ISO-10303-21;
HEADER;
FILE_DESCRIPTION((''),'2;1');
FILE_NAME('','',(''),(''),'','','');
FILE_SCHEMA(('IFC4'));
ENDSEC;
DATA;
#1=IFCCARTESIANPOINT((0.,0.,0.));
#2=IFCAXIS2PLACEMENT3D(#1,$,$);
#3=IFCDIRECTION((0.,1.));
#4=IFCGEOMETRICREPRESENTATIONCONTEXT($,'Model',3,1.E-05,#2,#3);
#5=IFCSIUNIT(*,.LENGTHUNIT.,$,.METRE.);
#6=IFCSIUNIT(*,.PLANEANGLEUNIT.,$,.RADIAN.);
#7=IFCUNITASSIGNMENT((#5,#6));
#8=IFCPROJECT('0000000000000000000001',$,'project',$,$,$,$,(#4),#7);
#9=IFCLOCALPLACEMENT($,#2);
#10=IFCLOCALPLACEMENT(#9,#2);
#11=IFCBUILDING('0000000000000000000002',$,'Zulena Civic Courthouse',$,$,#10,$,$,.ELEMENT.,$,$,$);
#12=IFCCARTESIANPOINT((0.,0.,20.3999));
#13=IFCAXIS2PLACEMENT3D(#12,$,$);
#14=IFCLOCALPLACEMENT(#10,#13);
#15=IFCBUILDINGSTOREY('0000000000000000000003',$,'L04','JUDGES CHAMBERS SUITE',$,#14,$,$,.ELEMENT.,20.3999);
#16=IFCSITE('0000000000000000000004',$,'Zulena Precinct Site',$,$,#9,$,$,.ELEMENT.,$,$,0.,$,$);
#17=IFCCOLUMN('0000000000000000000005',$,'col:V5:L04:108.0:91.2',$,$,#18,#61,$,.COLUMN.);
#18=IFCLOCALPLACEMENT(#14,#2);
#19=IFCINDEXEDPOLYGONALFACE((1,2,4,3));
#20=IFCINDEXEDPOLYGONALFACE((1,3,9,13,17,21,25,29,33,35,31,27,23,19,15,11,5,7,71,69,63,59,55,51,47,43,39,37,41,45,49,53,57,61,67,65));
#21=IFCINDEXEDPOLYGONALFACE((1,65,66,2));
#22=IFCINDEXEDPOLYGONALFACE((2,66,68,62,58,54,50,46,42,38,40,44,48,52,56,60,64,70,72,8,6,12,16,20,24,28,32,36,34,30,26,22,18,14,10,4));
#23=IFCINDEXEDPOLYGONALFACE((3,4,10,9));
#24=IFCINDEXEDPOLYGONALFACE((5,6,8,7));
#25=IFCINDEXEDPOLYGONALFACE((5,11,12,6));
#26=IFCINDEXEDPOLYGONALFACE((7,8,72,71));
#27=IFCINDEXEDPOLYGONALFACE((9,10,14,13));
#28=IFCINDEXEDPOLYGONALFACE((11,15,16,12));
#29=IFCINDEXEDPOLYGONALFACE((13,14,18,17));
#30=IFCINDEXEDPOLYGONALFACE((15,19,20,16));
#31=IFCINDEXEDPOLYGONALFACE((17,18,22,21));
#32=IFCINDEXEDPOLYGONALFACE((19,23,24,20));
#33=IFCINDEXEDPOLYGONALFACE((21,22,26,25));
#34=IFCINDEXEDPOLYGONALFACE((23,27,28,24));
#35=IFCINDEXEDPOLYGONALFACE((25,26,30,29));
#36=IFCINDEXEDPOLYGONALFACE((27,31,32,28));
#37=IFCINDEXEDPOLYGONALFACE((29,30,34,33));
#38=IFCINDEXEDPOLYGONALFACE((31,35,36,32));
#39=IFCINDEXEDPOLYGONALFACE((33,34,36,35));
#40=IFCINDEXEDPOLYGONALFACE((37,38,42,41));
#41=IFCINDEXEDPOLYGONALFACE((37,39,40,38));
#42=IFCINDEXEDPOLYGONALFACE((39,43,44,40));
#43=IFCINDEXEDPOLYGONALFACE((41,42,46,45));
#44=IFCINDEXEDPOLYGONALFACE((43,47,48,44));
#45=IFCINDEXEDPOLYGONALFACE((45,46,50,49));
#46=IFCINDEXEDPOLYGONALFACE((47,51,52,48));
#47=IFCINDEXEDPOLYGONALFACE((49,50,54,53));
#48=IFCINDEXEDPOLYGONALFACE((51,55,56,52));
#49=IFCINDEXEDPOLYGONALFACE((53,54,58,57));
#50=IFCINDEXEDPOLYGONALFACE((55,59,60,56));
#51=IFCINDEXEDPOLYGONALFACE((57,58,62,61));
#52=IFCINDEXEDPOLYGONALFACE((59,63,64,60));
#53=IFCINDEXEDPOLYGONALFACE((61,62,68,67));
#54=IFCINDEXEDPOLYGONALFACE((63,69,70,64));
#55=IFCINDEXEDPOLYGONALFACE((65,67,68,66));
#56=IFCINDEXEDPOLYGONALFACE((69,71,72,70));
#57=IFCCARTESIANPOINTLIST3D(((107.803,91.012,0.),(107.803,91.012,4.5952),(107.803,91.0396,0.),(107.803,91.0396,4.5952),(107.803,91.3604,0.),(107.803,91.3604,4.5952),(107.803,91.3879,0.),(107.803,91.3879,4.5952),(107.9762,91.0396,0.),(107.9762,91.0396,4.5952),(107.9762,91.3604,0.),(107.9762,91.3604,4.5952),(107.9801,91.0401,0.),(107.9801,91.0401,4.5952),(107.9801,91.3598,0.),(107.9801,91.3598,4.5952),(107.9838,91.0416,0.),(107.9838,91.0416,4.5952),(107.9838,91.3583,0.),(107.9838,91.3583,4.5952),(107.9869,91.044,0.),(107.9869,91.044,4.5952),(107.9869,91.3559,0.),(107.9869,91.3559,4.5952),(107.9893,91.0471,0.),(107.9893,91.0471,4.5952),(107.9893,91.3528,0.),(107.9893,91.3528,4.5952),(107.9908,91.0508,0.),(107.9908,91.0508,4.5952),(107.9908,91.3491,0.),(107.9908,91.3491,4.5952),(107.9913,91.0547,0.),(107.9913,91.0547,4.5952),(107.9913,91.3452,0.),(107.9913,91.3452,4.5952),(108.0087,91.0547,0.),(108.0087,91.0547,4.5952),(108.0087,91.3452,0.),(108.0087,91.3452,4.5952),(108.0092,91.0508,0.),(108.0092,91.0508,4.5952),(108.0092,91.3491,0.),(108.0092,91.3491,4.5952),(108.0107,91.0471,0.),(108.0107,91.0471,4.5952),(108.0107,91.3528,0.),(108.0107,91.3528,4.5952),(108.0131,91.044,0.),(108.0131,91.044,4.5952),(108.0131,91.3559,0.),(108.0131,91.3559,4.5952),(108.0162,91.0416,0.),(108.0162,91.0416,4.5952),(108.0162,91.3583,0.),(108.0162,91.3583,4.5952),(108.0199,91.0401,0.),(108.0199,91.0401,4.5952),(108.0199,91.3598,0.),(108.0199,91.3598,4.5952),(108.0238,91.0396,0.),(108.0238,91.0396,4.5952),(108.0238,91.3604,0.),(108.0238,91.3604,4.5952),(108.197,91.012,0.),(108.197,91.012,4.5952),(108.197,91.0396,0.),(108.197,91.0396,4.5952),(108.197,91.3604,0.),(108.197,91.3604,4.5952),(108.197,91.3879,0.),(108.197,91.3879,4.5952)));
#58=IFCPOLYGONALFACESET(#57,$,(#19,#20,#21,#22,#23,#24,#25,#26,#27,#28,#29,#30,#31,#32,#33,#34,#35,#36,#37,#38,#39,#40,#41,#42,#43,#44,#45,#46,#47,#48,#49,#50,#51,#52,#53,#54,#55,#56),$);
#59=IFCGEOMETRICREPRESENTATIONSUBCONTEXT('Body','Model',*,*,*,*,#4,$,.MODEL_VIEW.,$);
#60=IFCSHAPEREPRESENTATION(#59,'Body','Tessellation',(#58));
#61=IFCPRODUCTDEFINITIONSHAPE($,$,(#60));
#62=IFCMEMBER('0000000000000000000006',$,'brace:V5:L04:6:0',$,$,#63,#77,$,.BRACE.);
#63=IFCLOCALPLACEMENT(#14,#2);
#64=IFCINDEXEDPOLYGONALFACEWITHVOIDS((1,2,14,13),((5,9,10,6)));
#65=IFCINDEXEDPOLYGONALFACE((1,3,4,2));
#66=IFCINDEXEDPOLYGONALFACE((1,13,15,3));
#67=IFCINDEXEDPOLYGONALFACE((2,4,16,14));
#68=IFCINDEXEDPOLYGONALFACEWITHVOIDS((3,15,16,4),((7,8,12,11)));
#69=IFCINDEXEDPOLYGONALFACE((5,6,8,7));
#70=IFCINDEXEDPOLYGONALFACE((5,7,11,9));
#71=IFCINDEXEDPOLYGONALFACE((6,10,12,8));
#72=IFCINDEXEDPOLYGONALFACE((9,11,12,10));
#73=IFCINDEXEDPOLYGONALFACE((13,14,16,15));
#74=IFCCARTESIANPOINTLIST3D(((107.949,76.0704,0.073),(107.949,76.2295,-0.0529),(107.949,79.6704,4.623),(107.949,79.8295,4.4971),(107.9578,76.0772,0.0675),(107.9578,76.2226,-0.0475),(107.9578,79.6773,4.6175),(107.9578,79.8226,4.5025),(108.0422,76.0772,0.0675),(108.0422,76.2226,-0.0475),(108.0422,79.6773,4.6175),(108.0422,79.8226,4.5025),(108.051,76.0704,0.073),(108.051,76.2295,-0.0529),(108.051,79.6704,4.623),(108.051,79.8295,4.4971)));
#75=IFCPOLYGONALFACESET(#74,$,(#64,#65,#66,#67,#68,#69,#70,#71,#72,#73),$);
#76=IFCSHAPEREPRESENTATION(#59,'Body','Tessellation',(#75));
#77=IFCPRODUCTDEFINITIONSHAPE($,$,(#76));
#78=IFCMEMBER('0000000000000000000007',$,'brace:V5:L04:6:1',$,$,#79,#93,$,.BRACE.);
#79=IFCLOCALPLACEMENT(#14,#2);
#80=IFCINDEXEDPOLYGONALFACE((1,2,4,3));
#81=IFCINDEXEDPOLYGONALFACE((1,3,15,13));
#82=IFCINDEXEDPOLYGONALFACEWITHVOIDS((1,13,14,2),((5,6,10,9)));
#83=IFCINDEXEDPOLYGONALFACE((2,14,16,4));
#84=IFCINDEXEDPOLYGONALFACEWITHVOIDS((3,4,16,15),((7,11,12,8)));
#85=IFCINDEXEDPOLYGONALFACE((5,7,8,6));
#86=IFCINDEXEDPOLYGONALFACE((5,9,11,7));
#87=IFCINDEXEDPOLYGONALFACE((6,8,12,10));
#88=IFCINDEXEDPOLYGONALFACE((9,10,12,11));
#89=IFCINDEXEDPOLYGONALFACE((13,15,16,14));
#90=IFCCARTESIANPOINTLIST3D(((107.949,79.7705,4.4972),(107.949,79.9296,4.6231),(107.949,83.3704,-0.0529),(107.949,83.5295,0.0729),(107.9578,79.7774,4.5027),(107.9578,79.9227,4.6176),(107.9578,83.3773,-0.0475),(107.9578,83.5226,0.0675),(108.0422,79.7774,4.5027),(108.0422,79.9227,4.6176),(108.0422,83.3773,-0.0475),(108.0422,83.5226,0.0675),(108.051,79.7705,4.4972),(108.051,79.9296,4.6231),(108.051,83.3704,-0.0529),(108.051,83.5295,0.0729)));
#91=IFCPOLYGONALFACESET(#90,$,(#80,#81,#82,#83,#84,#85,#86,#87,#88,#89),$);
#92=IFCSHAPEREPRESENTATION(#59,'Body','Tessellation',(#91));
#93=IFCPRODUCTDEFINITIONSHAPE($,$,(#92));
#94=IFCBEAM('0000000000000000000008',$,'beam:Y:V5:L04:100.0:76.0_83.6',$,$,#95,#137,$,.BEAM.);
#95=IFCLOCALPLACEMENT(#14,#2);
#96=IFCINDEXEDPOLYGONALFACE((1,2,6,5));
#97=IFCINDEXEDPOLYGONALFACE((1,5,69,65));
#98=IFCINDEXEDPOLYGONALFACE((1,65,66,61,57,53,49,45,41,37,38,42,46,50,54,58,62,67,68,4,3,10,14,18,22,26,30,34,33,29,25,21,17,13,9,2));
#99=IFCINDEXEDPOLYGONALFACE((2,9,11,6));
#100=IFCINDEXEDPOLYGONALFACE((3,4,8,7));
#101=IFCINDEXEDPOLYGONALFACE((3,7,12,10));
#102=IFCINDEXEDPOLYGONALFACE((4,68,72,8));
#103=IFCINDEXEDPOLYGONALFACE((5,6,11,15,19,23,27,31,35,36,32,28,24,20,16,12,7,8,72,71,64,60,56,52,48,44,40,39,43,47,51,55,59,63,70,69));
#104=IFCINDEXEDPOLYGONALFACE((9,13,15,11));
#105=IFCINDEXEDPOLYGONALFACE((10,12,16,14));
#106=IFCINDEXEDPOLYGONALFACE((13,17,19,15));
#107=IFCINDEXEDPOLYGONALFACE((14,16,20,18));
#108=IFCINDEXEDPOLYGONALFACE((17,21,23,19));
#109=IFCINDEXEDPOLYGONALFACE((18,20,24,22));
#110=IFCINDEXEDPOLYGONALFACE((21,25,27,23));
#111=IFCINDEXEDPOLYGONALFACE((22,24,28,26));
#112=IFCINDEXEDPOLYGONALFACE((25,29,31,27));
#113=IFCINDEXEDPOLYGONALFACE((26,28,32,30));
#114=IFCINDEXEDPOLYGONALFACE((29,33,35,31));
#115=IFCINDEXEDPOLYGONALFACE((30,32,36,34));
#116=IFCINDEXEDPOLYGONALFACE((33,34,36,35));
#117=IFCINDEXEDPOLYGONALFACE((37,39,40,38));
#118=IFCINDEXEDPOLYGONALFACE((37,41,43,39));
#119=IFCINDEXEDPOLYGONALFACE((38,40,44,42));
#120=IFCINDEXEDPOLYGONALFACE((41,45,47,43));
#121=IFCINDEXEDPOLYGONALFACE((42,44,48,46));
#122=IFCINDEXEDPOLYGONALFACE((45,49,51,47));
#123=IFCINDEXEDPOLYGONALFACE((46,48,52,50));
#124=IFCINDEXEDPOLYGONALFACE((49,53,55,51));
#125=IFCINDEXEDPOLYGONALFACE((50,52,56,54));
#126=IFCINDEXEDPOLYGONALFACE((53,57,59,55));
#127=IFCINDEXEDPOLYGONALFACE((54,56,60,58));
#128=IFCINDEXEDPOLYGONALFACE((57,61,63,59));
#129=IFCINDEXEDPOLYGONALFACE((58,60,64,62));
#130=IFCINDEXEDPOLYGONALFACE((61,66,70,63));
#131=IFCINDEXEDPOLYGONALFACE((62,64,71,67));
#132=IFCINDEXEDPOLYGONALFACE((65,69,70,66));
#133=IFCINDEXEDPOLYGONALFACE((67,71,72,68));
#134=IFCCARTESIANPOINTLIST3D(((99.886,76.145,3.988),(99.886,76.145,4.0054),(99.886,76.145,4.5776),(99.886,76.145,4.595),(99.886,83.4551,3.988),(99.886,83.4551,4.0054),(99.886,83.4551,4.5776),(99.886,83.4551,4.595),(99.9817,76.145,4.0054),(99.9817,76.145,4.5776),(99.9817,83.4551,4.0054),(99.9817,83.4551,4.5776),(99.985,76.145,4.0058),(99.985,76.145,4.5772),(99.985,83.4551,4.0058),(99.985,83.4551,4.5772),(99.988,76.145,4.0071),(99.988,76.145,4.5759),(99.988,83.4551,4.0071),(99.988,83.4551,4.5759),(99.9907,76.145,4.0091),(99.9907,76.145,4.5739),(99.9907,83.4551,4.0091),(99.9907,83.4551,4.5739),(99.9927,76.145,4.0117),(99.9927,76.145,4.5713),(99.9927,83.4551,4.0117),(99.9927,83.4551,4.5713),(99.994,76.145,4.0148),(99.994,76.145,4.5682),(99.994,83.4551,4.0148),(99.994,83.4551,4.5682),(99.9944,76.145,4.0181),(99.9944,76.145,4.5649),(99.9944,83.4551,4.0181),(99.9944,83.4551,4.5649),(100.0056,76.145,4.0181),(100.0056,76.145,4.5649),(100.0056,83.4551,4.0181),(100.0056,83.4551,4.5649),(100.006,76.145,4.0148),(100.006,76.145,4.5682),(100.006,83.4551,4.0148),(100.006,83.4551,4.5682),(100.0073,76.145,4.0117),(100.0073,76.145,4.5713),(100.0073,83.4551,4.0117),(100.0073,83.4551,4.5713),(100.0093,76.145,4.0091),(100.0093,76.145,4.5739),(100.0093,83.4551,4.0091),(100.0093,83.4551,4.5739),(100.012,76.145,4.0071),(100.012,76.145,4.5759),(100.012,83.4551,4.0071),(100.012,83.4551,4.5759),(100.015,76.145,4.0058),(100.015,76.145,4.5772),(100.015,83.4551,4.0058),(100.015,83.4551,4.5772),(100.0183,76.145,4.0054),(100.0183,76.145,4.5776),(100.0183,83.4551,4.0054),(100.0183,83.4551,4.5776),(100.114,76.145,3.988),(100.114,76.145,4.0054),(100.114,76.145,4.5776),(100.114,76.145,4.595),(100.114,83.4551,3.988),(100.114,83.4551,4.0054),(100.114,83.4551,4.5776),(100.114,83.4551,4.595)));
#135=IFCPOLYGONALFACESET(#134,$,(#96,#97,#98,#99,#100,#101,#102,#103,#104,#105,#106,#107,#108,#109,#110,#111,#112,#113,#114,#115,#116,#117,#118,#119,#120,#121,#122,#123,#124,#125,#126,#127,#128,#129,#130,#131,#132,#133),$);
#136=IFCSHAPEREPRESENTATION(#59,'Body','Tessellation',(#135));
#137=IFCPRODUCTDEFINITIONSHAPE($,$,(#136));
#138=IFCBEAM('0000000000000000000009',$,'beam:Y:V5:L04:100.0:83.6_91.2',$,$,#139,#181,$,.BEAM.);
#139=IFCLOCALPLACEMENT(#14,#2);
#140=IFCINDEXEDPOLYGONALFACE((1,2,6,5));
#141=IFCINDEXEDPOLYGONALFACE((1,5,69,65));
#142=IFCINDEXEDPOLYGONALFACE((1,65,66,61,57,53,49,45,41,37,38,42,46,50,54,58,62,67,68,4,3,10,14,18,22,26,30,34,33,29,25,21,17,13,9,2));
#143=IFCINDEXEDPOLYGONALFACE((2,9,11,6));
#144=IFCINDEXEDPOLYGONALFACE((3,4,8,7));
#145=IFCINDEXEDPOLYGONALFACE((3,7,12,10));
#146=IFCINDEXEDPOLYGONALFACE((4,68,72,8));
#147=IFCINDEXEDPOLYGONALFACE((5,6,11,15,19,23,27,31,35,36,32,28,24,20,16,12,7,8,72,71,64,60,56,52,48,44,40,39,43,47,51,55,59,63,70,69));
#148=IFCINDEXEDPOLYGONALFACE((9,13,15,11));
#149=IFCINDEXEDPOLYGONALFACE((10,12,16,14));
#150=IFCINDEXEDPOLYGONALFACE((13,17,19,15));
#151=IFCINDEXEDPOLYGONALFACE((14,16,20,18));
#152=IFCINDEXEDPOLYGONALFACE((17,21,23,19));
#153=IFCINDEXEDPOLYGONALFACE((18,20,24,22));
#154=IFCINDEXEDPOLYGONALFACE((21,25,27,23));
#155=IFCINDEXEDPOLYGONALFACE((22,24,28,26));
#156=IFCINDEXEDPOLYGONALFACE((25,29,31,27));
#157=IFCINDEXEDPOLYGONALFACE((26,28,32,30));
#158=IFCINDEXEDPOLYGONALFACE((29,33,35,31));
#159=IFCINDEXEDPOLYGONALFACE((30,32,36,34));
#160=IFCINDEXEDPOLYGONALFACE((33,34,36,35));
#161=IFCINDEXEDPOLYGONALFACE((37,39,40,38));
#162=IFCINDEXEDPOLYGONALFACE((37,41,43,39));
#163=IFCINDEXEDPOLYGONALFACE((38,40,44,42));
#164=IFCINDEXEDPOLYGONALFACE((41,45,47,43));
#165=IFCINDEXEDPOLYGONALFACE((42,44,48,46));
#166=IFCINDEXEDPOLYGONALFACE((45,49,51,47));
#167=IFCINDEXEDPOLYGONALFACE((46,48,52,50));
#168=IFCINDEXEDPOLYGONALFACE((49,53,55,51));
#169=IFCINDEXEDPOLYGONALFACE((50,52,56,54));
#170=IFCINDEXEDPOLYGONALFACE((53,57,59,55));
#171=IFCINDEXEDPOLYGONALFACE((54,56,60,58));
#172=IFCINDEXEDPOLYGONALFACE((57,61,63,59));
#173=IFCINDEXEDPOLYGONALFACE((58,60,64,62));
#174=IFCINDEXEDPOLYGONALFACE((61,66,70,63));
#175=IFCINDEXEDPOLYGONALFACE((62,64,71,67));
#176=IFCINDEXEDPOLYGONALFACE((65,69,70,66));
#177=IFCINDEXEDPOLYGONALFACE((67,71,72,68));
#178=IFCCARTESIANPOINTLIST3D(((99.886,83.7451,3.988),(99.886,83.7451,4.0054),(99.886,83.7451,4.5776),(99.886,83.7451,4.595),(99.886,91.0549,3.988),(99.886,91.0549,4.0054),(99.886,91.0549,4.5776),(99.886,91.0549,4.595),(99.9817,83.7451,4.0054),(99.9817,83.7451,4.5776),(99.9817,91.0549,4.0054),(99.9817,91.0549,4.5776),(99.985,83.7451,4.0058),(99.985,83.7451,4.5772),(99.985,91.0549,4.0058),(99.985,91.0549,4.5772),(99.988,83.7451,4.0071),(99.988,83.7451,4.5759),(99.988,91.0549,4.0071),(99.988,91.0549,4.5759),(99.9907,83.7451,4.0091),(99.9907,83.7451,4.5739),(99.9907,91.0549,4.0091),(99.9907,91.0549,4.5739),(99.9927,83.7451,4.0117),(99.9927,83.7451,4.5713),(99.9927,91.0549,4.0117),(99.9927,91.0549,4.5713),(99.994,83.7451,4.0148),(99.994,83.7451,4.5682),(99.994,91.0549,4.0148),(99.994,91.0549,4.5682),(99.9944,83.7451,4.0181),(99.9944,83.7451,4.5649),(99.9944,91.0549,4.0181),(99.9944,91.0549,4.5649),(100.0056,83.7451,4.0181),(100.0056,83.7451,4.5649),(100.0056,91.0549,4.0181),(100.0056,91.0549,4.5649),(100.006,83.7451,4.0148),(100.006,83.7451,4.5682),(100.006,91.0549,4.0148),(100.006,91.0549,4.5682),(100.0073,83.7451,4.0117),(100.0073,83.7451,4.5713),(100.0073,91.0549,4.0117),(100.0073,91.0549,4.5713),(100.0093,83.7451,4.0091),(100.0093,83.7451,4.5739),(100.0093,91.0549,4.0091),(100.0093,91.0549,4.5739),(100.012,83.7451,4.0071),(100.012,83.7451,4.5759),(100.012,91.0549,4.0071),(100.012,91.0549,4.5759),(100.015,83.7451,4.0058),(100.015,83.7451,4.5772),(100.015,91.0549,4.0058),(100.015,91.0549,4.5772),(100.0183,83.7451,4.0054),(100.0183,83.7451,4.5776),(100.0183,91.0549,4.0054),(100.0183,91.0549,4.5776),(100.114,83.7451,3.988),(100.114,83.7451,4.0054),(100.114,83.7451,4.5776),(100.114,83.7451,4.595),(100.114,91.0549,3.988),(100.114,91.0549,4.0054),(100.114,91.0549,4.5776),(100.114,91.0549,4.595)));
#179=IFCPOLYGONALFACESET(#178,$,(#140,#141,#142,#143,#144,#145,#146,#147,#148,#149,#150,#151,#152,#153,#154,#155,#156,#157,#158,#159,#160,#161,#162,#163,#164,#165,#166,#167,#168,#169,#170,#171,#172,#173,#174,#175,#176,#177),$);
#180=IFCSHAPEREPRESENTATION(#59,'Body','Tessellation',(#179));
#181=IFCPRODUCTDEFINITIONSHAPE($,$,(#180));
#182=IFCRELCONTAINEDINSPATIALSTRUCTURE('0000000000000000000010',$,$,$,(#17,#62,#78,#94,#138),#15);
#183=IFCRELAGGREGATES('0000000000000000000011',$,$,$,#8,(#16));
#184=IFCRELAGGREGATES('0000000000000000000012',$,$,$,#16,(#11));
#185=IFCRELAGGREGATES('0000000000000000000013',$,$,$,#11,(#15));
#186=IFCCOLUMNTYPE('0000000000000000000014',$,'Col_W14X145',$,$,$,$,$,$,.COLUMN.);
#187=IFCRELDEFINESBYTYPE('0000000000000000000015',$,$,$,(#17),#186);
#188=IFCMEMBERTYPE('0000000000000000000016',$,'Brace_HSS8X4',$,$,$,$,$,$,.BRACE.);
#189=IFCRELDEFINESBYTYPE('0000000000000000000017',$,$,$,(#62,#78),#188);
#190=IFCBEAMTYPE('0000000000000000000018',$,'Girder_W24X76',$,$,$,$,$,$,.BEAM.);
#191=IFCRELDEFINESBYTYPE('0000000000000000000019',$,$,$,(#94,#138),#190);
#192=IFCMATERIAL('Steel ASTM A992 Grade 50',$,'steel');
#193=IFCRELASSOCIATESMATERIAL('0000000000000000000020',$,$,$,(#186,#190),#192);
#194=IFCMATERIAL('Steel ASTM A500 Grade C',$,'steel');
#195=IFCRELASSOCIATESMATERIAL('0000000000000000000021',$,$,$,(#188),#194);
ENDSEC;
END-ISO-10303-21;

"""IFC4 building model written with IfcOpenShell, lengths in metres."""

from ifc_helpers import new_model, si_unit, direction, frame, origin, origin_2d, place, context, subcontext, project, spatial, hollow_rectangle, i_section, extrude, material, material_profile, profile_set, type_object, element, save


model = new_model("IFC4")

# Units and contexts
model_context = context("Model", 3, precision=1e-05, world=origin(), true_north=direction((0.0, 1.0)))
body_context = subcontext(model_context, "Body", "Model", "MODEL_VIEW")
ifc_project = project(units=[si_unit("LENGTHUNIT", "METRE"), si_unit("PLANEANGLEUNIT", "RADIAN")], contexts=[model_context])

# Site, building, storey
site_placement = place(None, origin())
site = spatial("IfcSite", under=ifc_project, at=site_placement, Name="Zulena Precinct Site", CompositionType="ELEMENT", RefElevation=0.0)
building_placement = place(site_placement, origin())
building = spatial("IfcBuilding", under=site, at=building_placement, Name="Zulena Civic Courthouse", CompositionType="ELEMENT")
storey_placement = place(building_placement, frame((0.0, 0.0, 20.3999)))
storey = spatial("IfcBuildingStorey", under=building, at=storey_placement, Name="L04", Description="JUDGES CHAMBERS SUITE", CompositionType="ELEMENT", Elevation=20.3999)

# Column
ifc_material_1 = material(Name="Steel ASTM A992 Grade 50", Category="steel")
ifc_material_profile_1 = material_profile(ifc_material_1, i_section(OverallWidth=0.394, OverallDepth=0.376, WebThickness=0.0173, FlangeThickness=0.0276, FilletRadius=0.0151, at=origin_2d()), Name="W14X145")
ifc_profile_set_1 = profile_set([ifc_material_profile_1], Name="Steel ASTM A992 Grade 50")
column_type_1 = type_object("IfcColumnType", Name="Col_W14X145", PredefinedType="COLUMN", material=ifc_profile_set_1)
for number, where, z_axis, x_axis, name in (
    (1, (108.0, 91.2, 0.0), (0.0, 0.0, 1.0), (1.0, 0.0, 0.0), "col:V5:L04:108.0:91.2"),
):
    element("IfcColumn", number, at=place(storey_placement, frame(where, z_axis=z_axis, x_axis=x_axis)), inside=storey, type_object=column_type_1, Name=name, PredefinedType="COLUMN", context=body_context, shape_type="SweptSolid", body=[
        extrude(i_section(OverallWidth=0.394, OverallDepth=0.376, WebThickness=0.0173, FlangeThickness=0.0276, FilletRadius=0.0151, at=origin_2d()), origin(), (0.0, 0.0, 1.0), 4.5952),
    ])

# Members
ifc_material_2 = material(Name="Steel ASTM A500 Grade C", Category="steel")
ifc_material_profile_2 = material_profile(ifc_material_2, hollow_rectangle(XDim=0.1021, YDim=0.2029, WallThickness=0.0088, at=origin_2d()), Name="HSS8X4X3/8")
ifc_profile_set_2 = profile_set([ifc_material_profile_2], Name="Steel ASTM A500 Grade C")
member_type = type_object("IfcMemberType", Name="Brace_HSS8X4", PredefinedType="BRACE", material=ifc_profile_set_2)
for number, where, z_axis, x_axis, name in (
    (2, (108.0, 76.1499, 0.01), (0.0, 0.620488, 0.784216), (-1.0, 0.0, 0.0), "brace:V5:L04:6:0"),
    (3, (108.0, 83.45, 0.01), (0.0, -0.620463, 0.784236), (1.0, 0.0, 0.0), "brace:V5:L04:6:1"),
):
    element("IfcMember", number, at=place(storey_placement, frame(where, z_axis=z_axis, x_axis=x_axis)), inside=storey, type_object=member_type, Name=name, PredefinedType="BRACE", context=body_context, shape_type="SweptSolid", body=[
        extrude(hollow_rectangle(XDim=0.1021, YDim=0.2029, WallThickness=0.0088, at=origin_2d()), origin(), (0.0, 0.0, 1.0), 5.802),
    ])

# Beams
ifc_material_profile_3 = material_profile(ifc_material_1, i_section(OverallWidth=0.228, OverallDepth=0.6069, WebThickness=0.0112, FlangeThickness=0.0173, FilletRadius=0.0127, at=origin_2d()), Name="W24X76")
ifc_profile_set_3 = profile_set([ifc_material_profile_3], Name="Steel ASTM A992 Grade 50")
beam_type_1 = type_object("IfcBeamType", Name="Girder_W24X76", PredefinedType="BEAM", material=ifc_profile_set_3)
beam_1_placement = place(storey_placement, frame((100.0, 76.145, 4.2915), z_axis=(0.0, 1.0, 0.0), x_axis=(-1.0, 0.0, 0.0)))
element("IfcBeam", 4, at=beam_1_placement, inside=storey, type_object=beam_type_1, Name="beam:Y:V5:L04:100.0:76.0_83.6", PredefinedType="BEAM", context=body_context, shape_type="SweptSolid", body=[
    extrude(i_section(OverallWidth=0.228, OverallDepth=0.6069, WebThickness=0.0112, FlangeThickness=0.0173, FilletRadius=0.0127, at=origin_2d()), origin(), (0.0, 0.0, 1.0), 7.3101),
])
beam_2_placement = place(storey_placement, frame((100.0, 83.7451, 4.2915), z_axis=(0.0, 1.0, 0.0), x_axis=(-1.0, 0.0, 0.0)))
element("IfcBeam", 5, at=beam_2_placement, inside=storey, type_object=beam_type_1, Name="beam:Y:V5:L04:100.0:83.6_91.2", PredefinedType="BEAM", context=body_context, shape_type="SweptSolid", body=[
    extrude(i_section(OverallWidth=0.228, OverallDepth=0.6069, WebThickness=0.0112, FlangeThickness=0.0173, FilletRadius=0.0127, at=origin_2d()), origin(), (0.0, 0.0, 1.0), 7.3098),
])

save(model, "model.ifc")
